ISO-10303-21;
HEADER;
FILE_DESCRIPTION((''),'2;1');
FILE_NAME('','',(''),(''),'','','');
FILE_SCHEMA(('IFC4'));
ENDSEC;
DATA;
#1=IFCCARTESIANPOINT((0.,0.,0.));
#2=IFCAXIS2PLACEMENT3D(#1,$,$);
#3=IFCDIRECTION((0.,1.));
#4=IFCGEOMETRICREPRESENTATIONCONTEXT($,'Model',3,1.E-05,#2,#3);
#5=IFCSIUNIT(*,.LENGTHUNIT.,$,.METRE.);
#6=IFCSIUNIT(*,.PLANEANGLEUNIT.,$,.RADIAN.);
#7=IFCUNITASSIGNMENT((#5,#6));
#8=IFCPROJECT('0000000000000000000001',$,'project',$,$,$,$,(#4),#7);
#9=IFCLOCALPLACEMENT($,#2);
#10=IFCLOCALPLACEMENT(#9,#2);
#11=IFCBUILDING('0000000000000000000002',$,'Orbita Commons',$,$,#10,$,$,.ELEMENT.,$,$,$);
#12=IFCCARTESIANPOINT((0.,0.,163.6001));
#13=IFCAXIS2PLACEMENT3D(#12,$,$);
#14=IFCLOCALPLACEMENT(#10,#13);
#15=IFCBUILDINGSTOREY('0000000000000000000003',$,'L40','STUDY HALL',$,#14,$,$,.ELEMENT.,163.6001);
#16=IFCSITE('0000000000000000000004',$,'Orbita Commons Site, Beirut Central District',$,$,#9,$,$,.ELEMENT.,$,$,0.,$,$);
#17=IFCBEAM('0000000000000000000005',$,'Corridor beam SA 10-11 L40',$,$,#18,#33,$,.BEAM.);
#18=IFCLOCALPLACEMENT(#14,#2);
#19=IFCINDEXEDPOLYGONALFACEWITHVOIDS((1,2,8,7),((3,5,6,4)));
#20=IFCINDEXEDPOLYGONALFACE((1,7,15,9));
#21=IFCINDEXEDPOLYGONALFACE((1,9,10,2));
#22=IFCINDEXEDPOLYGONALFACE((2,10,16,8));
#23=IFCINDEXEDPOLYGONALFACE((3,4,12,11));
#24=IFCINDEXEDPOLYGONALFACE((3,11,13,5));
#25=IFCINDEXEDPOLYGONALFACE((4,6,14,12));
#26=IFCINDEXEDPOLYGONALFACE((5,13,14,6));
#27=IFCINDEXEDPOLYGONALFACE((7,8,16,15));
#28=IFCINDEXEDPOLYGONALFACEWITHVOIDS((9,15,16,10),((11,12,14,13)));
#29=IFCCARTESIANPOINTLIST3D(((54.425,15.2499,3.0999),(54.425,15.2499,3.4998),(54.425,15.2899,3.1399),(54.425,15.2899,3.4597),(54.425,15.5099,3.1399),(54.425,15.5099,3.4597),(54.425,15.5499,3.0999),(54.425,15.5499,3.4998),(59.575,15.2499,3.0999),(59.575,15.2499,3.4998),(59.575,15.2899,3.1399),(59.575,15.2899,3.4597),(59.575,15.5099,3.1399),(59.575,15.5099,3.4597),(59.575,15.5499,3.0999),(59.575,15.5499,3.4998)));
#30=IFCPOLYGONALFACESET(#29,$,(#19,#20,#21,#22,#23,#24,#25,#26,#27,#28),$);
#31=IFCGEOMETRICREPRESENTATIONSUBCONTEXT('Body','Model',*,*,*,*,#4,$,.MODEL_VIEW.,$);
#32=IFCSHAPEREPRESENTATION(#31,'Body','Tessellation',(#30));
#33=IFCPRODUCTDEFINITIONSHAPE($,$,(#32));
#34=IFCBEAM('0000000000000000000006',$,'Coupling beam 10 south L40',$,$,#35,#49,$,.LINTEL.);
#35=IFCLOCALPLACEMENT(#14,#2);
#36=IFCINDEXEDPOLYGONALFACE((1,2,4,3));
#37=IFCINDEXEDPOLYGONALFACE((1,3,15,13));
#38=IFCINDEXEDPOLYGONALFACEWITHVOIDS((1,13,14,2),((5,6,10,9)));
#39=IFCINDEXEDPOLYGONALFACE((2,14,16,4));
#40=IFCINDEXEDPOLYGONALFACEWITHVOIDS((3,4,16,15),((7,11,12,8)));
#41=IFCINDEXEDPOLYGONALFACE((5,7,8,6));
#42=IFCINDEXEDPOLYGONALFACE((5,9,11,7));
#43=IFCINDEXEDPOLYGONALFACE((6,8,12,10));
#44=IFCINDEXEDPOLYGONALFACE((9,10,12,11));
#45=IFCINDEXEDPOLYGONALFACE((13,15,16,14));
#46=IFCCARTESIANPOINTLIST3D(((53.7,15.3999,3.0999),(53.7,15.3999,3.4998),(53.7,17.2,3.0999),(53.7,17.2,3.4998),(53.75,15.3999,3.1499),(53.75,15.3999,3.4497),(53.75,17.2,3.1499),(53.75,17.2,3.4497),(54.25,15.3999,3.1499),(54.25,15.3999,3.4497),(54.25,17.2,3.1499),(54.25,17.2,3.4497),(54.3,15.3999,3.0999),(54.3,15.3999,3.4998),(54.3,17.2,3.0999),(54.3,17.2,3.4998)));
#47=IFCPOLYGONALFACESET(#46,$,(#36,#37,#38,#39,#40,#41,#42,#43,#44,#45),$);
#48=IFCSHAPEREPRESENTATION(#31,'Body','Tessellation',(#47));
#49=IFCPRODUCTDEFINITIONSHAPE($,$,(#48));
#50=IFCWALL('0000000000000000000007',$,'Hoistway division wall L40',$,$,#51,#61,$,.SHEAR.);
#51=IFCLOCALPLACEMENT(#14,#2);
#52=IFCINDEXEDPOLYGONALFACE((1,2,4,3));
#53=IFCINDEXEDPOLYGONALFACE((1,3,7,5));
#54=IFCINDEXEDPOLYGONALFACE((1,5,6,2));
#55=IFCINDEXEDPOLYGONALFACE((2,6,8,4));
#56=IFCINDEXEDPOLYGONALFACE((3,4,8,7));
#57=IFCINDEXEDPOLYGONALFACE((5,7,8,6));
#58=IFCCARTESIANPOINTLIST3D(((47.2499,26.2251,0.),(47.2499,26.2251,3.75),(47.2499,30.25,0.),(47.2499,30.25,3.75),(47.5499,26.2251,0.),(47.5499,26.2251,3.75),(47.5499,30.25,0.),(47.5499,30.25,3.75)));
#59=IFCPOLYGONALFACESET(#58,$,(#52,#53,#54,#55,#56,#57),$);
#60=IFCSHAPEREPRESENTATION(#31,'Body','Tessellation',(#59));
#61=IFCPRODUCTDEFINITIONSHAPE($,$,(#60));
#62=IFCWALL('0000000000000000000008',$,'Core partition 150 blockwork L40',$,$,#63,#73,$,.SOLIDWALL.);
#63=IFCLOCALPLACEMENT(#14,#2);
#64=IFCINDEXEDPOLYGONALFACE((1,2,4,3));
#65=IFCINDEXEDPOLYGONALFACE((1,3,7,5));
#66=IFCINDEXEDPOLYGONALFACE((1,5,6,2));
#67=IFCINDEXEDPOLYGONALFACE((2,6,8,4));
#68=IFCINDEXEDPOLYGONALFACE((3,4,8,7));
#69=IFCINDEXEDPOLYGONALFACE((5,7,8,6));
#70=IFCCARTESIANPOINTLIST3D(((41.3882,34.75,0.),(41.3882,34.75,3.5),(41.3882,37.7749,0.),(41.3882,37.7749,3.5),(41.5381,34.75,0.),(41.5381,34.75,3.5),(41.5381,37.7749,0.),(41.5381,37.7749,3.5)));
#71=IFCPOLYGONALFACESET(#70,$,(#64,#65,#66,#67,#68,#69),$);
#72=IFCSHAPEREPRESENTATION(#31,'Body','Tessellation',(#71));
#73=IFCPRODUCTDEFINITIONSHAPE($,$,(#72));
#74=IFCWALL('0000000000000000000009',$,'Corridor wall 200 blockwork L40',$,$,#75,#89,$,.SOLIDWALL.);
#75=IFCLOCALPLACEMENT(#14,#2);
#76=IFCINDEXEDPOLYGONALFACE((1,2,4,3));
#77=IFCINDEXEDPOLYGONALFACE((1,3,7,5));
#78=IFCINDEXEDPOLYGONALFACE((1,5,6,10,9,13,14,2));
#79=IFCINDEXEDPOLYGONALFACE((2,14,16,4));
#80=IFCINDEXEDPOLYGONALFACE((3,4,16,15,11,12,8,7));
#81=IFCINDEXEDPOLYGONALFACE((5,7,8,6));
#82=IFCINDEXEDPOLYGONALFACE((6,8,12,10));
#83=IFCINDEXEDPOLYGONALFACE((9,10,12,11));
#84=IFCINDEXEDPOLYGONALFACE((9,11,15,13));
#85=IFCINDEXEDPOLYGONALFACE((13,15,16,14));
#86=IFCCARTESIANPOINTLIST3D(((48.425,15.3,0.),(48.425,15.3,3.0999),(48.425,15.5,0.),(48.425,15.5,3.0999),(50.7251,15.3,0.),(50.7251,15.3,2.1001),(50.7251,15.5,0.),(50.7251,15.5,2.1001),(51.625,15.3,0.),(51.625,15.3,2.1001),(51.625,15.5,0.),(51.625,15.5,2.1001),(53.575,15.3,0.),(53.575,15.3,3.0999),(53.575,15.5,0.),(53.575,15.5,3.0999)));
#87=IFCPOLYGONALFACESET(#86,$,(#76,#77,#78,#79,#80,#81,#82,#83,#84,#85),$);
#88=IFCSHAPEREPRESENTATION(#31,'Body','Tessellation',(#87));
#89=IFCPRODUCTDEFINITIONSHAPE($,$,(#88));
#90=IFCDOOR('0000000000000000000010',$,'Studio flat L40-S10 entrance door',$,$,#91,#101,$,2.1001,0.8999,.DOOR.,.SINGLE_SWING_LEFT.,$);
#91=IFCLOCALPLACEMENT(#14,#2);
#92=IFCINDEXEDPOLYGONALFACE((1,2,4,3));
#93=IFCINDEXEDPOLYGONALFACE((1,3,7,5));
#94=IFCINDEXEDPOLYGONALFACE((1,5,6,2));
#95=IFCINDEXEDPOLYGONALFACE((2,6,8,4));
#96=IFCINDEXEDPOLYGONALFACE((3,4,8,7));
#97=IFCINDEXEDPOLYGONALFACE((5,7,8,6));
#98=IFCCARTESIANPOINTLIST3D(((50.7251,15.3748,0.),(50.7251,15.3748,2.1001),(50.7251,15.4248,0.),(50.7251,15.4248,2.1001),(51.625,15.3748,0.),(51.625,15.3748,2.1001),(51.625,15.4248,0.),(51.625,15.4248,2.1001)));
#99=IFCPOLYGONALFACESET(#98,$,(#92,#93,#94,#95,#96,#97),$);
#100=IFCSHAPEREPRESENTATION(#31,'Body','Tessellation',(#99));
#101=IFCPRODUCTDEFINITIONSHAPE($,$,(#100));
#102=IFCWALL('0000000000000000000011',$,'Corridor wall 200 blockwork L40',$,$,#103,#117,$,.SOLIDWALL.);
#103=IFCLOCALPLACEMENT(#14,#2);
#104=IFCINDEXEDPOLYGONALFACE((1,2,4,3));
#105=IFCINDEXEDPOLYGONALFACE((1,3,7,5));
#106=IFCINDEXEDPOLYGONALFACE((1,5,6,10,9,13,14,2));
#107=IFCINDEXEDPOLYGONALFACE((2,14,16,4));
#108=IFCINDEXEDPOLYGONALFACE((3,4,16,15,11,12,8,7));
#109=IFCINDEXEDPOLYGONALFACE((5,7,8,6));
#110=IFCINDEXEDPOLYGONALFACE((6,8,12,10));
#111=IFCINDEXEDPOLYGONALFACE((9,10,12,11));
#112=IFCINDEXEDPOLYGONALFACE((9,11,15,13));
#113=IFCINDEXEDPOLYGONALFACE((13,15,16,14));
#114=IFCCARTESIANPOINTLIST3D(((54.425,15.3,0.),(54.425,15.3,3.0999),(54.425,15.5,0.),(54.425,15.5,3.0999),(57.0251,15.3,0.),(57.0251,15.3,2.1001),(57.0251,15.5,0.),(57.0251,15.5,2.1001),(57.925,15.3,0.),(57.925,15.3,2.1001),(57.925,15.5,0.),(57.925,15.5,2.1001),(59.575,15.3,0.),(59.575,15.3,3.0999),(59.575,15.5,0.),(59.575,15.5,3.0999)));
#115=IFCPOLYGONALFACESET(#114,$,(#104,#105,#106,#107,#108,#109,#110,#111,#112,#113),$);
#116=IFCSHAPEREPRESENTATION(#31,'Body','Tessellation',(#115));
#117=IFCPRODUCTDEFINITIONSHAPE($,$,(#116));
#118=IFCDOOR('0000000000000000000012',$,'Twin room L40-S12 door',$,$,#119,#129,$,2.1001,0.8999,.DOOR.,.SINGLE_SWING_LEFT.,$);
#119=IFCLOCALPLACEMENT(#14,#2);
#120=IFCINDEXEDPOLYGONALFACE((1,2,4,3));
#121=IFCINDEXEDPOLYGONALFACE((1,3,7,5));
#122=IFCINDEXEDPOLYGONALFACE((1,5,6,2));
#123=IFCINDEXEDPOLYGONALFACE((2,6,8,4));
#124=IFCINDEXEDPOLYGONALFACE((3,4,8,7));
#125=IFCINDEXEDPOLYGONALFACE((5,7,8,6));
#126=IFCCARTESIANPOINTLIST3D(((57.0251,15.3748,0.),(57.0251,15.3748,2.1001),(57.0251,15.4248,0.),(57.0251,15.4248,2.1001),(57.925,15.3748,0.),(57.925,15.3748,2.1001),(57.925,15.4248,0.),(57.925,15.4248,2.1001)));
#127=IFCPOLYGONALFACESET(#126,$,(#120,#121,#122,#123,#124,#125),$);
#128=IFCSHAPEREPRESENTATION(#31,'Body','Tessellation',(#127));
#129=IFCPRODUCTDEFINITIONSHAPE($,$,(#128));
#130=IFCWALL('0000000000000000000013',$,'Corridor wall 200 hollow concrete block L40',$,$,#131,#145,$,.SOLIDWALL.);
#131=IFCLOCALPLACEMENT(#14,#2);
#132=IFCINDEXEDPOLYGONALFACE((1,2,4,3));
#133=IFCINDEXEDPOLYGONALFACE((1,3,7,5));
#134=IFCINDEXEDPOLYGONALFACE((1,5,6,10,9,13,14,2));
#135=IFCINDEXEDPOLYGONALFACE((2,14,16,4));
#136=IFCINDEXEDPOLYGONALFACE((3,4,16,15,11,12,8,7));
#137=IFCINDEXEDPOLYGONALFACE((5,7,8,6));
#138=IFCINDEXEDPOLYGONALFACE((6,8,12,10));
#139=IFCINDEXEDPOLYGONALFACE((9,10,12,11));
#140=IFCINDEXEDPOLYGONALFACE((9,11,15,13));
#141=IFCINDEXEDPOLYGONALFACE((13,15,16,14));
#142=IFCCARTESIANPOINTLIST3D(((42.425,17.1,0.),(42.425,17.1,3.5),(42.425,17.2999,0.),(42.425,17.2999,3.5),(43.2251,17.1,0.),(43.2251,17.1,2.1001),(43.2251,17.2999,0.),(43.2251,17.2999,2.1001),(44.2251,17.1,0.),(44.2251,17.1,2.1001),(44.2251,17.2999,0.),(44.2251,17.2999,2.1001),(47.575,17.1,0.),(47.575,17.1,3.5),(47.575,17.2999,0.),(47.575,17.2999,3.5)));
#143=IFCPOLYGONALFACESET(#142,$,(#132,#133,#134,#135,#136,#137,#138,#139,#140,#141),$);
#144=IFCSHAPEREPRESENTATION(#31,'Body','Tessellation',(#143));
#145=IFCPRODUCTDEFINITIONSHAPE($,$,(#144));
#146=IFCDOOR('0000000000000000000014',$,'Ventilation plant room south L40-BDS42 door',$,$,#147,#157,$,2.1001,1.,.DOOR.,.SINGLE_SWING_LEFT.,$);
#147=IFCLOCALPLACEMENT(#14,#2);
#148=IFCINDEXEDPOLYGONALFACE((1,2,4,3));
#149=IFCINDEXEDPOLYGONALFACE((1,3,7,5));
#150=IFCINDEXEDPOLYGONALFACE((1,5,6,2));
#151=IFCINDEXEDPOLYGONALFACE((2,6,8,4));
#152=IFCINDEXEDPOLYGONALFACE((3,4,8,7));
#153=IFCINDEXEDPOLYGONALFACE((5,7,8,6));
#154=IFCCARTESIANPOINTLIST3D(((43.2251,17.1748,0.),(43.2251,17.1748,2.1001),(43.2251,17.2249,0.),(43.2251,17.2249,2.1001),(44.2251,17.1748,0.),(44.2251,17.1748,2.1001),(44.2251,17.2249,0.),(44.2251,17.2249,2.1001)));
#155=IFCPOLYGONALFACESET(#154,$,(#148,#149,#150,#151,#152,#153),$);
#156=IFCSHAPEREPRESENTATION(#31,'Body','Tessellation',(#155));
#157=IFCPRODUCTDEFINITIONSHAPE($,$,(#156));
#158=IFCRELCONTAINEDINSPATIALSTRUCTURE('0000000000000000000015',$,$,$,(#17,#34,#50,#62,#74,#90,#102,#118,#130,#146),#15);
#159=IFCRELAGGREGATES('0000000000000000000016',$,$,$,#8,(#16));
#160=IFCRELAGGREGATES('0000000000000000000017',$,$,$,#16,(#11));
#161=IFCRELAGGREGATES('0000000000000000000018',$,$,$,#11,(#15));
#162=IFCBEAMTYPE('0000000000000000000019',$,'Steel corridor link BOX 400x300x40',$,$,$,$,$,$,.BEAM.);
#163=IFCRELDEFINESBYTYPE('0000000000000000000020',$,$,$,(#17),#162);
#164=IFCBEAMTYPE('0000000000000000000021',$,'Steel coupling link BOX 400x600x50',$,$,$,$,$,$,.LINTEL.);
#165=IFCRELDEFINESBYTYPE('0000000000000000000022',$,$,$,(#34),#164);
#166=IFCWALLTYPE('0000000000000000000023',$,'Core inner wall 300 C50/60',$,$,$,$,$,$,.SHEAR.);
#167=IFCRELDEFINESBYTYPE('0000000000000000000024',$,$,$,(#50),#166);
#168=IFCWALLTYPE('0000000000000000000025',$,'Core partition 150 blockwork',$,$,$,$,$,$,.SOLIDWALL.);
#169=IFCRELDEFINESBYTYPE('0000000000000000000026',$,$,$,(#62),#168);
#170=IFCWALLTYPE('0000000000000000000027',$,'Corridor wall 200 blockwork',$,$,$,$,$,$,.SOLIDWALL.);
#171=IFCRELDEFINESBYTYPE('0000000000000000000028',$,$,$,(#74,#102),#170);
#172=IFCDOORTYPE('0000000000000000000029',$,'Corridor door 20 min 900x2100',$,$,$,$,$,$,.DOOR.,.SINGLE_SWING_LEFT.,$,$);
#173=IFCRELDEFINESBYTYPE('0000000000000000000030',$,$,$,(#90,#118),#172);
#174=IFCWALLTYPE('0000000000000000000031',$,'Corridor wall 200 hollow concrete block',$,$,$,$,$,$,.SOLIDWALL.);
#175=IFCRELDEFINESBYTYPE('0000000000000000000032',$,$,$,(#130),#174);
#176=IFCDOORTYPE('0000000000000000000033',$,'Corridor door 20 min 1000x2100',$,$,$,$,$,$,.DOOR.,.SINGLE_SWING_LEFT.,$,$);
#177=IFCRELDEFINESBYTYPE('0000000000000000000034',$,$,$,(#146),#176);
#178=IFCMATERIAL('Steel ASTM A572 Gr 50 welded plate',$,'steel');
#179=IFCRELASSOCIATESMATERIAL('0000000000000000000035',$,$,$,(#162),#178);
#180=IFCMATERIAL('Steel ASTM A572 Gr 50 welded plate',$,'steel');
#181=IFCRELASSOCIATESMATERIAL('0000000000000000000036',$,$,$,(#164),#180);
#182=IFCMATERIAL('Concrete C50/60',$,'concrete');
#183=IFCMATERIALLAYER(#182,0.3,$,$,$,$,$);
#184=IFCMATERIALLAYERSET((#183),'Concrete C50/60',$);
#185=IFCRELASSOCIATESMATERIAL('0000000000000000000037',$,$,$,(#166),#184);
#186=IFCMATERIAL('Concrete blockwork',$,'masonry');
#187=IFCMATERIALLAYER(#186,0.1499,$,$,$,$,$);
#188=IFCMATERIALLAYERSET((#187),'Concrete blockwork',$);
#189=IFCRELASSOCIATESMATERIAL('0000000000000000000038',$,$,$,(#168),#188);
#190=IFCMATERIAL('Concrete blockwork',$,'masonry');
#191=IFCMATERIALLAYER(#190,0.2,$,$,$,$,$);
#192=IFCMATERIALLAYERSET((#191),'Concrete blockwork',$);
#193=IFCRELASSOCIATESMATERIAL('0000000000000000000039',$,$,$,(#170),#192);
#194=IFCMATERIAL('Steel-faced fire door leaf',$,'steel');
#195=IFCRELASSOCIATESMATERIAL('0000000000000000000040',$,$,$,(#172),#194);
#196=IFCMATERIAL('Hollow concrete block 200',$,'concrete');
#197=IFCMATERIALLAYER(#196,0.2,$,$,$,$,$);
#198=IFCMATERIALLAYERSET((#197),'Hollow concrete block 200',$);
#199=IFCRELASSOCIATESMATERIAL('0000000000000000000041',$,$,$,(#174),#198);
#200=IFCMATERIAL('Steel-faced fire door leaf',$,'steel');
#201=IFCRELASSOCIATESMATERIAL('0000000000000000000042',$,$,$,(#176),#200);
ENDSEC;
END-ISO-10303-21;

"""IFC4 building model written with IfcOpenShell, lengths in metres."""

from ifc_helpers import new_model, si_unit, direction, frame, frame_2d, origin, origin_2d, place, context, subcontext, project, spatial, polyline, rectangle, hollow_rectangle, outline, extrude, material, layer, layer_set, material_profile, profile_set, type_object, element, fill, save


model = new_model("IFC4")

# Units and contexts
model_context = context("Model", 3, precision=1e-05, world=origin(), true_north=direction((0.0, 1.0)))
body_context = subcontext(model_context, "Body", "Model", "MODEL_VIEW")
ifc_project = project(units=[si_unit("LENGTHUNIT", "METRE"), si_unit("PLANEANGLEUNIT", "RADIAN")], contexts=[model_context])

# Site, building, storey
site_placement = place(None, origin())
site = spatial("IfcSite", under=ifc_project, at=site_placement, Name="Orbita Commons Site, Beirut Central District", CompositionType="ELEMENT", RefElevation=0.0)
building_placement = place(site_placement, origin())
building = spatial("IfcBuilding", under=site, at=building_placement, Name="Orbita Commons", CompositionType="ELEMENT")
storey_placement = place(building_placement, frame((0.0, 0.0, 163.6001)))
storey = spatial("IfcBuildingStorey", under=building, at=storey_placement, Name="L40", Description="STUDY HALL", CompositionType="ELEMENT", Elevation=163.6001)

# Beams
ifc_material_1 = material(Name="Steel ASTM A572 Gr 50 welded plate", Category="steel")
ifc_material_profile_1 = material_profile(ifc_material_1, hollow_rectangle(XDim=0.3, YDim=0.3999, WallThickness=0.04, at=origin_2d()), Name="BOX 400x300x40")
ifc_profile_set_1 = profile_set([ifc_material_profile_1], Name="Steel ASTM A572 Gr 50 welded plate")
beam_type_1 = type_object("IfcBeamType", Name="Steel corridor link BOX 400x300x40", PredefinedType="BEAM", material=ifc_profile_set_1)
beam_1_placement = place(storey_placement, frame((54.425, 15.3999, 3.2998), z_axis=(1.0, 0.0, 0.0), x_axis=(0.0, 1.0, 0.0)))
element("IfcBeam", 1, at=beam_1_placement, inside=storey, type_object=beam_type_1, Name="Corridor beam SA 10-11 L40", PredefinedType="BEAM", context=body_context, shape_type="SweptSolid", body=[
    extrude(hollow_rectangle(XDim=0.3, YDim=0.3999, WallThickness=0.04, at=origin_2d()), origin(), (0.0, 0.0, 1.0), 5.1499),
])
ifc_material_2 = material(Name="Steel ASTM A572 Gr 50 welded plate", Category="steel")
ifc_material_profile_2 = material_profile(ifc_material_2, hollow_rectangle(XDim=0.6001, YDim=0.3999, WallThickness=0.05, at=origin_2d()), Name="BOX 400x600x50")
ifc_profile_set_2 = profile_set([ifc_material_profile_2], Name="Steel ASTM A572 Gr 50 welded plate")
beam_type_2 = type_object("IfcBeamType", Name="Steel coupling link BOX 400x600x50", PredefinedType="LINTEL", material=ifc_profile_set_2)
beam_2_placement = place(storey_placement, frame((54.0, 15.3999, 3.2998), z_axis=(0.0, 1.0, 0.0), x_axis=(-1.0, 0.0, 0.0)))
element("IfcBeam", 2, at=beam_2_placement, inside=storey, type_object=beam_type_2, Name="Coupling beam 10 south L40", PredefinedType="LINTEL", context=body_context, shape_type="SweptSolid", body=[
    extrude(hollow_rectangle(XDim=0.6001, YDim=0.3999, WallThickness=0.05, at=origin_2d()), origin(), (0.0, 0.0, 1.0), 1.8),
])

# Walls
ifc_material_3 = material(Name="Concrete C50/60", Category="concrete")
ifc_layer_1 = layer(ifc_material_3, 0.3)
ifc_layer_set_1 = layer_set([ifc_layer_1], Name="Concrete C50/60")
wall_type_1 = type_object("IfcWallType", Name="Core inner wall 300 C50/60", PredefinedType="SHEAR", material=ifc_layer_set_1)
wall_1_placement = place(storey_placement, frame((47.3999, 26.2251, 0.0), z_axis=(0.0, 0.0, 1.0), x_axis=(0.0, 1.0, 0.0)))
element("IfcWall", 3, at=wall_1_placement, inside=storey, type_object=wall_type_1, Name="Hoistway division wall L40", PredefinedType="SHEAR", context=body_context, shape_type="SweptSolid", body=[
    extrude(rectangle(XDim=4.0249, YDim=0.3, at=frame_2d((2.0125, 0.0))), origin(), (0.0, 0.0, 1.0), 3.75),
])
ifc_material_4 = material(Name="Concrete blockwork", Category="masonry")
ifc_layer_2 = layer(ifc_material_4, 0.1499)
ifc_layer_set_2 = layer_set([ifc_layer_2], Name="Concrete blockwork")
wall_type_2 = type_object("IfcWallType", Name="Core partition 150 blockwork", PredefinedType="SOLIDWALL", material=ifc_layer_set_2)
wall_2_placement = place(storey_placement, frame((41.4631, 34.75, 0.0), z_axis=(0.0, 0.0, 1.0), x_axis=(0.0, 1.0, 0.0)))
element("IfcWall", 4, at=wall_2_placement, inside=storey, type_object=wall_type_2, Name="Core partition 150 blockwork L40", PredefinedType="SOLIDWALL", context=body_context, shape_type="SweptSolid", body=[
    extrude(rectangle(XDim=3.0249, YDim=0.1499, at=frame_2d((1.5125, 0.0))), origin(), (0.0, 0.0, 1.0), 3.5),
])

# Walls, openings, doors
ifc_material_5 = material(Name="Concrete blockwork", Category="masonry")
ifc_layer_3 = layer(ifc_material_5, 0.2)
ifc_layer_set_3 = layer_set([ifc_layer_3], Name="Concrete blockwork")
wall_type_3 = type_object("IfcWallType", Name="Corridor wall 200 blockwork", PredefinedType="SOLIDWALL", material=ifc_layer_set_3)
wall_3_placement = place(storey_placement, frame((48.425, 15.3999, 0.0), z_axis=(0.0, 0.0, 1.0), x_axis=(1.0, 0.0, 0.0)))
wall_3 = element("IfcWall", 5, at=wall_3_placement, inside=storey, type_object=wall_type_3, Name="Corridor wall 200 blockwork L40", PredefinedType="SOLIDWALL", context=body_context, shape_type="SweptSolid", body=[
    extrude(outline(polyline([(0.0, 0.0), (5.1499, 0.0), (5.1499, 3.0999), (0.0, 3.0999), (0.0, 0.0)])), frame((0.0, 0.1001, 0.0), z_axis=(0.0, -1.0, 0.0), x_axis=(1.0, 0.0, 0.0)), (0.0, 0.0, 1.0), 0.2),
])
opening_1_placement = place(wall_3_placement, frame((2.3, 0.0, 0.0)))
opening_1 = element("IfcOpeningElement", 6, at=opening_1_placement, cuts=wall_3, PredefinedType="OPENING", context=body_context, shape_type="SweptSolid", body=[
    extrude(rectangle(XDim=0.8999, YDim=2.1001, at=frame_2d((0.45, 1.05))), frame((0.0, 0.1099, 0.0), z_axis=(0.0, -1.0, 0.0), x_axis=(1.0, 0.0, 0.0)), (0.0, 0.0, 1.0), 0.22),
])
ifc_material_6 = material(Name="Steel-faced fire door leaf", Category="steel")
door_type_1 = type_object("IfcDoorType", Name="Corridor door 20 min 900x2100", OperationType="SINGLE_SWING_LEFT", PredefinedType="DOOR", material=ifc_material_6)
door_1_placement = place(opening_1_placement, origin())
door_1 = element("IfcDoor", 7, at=door_1_placement, inside=storey, type_object=door_type_1, Name="Studio flat L40-S10 entrance door", OperationType="SINGLE_SWING_LEFT", OverallHeight=2.1001, OverallWidth=0.8999, PredefinedType="DOOR", context=body_context, shape_type="SweptSolid", body=[
    extrude(rectangle(XDim=0.8999, YDim=2.1001, at=frame_2d((0.45, 1.05))), frame((0.0, 0.0249, 0.0), z_axis=(0.0, -1.0, 0.0), x_axis=(1.0, 0.0, 0.0)), (0.0, 0.0, 1.0), 0.05),
])
fill(opening_1, door_1)
wall_4_placement = place(storey_placement, frame((54.425, 15.3999, 0.0), z_axis=(0.0, 0.0, 1.0), x_axis=(1.0, 0.0, 0.0)))
wall_4 = element("IfcWall", 8, at=wall_4_placement, inside=storey, type_object=wall_type_3, Name="Corridor wall 200 blockwork L40", PredefinedType="SOLIDWALL", context=body_context, shape_type="SweptSolid", body=[
    extrude(outline(polyline([(0.0, 0.0), (5.1499, 0.0), (5.1499, 3.0999), (0.0, 3.0999), (0.0, 0.0)])), frame((0.0, 0.1001, 0.0), z_axis=(0.0, -1.0, 0.0), x_axis=(1.0, 0.0, 0.0)), (0.0, 0.0, 1.0), 0.2),
])
opening_2_placement = place(wall_4_placement, frame((2.6001, 0.0, 0.0)))
opening_2 = element("IfcOpeningElement", 9, at=opening_2_placement, cuts=wall_4, PredefinedType="OPENING", context=body_context, shape_type="SweptSolid", body=[
    extrude(rectangle(XDim=0.8999, YDim=2.1001, at=frame_2d((0.45, 1.05))), frame((0.0, 0.1099, 0.0), z_axis=(0.0, -1.0, 0.0), x_axis=(1.0, 0.0, 0.0)), (0.0, 0.0, 1.0), 0.22),
])
door_2_placement = place(opening_2_placement, origin())
door_2 = element("IfcDoor", 10, at=door_2_placement, inside=storey, type_object=door_type_1, Name="Twin room L40-S12 door", OperationType="SINGLE_SWING_LEFT", OverallHeight=2.1001, OverallWidth=0.8999, PredefinedType="DOOR", context=body_context, shape_type="SweptSolid", body=[
    extrude(rectangle(XDim=0.8999, YDim=2.1001, at=frame_2d((0.45, 1.05))), frame((0.0, 0.0249, 0.0), z_axis=(0.0, -1.0, 0.0), x_axis=(1.0, 0.0, 0.0)), (0.0, 0.0, 1.0), 0.05),
])
fill(opening_2, door_2)
ifc_material_7 = material(Name="Hollow concrete block 200", Category="concrete")
ifc_layer_4 = layer(ifc_material_7, 0.2)
ifc_layer_set_4 = layer_set([ifc_layer_4], Name="Hollow concrete block 200")
wall_type_4 = type_object("IfcWallType", Name="Corridor wall 200 hollow concrete block", PredefinedType="SOLIDWALL", material=ifc_layer_set_4)
wall_5_placement = place(storey_placement, frame((42.425, 17.2, 0.0), z_axis=(0.0, 0.0, 1.0), x_axis=(1.0, 0.0, 0.0)))
wall_5 = element("IfcWall", 11, at=wall_5_placement, inside=storey, type_object=wall_type_4, Name="Corridor wall 200 hollow concrete block L40", PredefinedType="SOLIDWALL", context=body_context, shape_type="SweptSolid", body=[
    extrude(rectangle(XDim=5.1499, YDim=0.2, at=frame_2d((2.575, 0.0))), origin(), (0.0, 0.0, 1.0), 3.5),
])
opening_3_placement = place(wall_5_placement, frame((0.8, 0.0, 0.0)))
opening_3 = element("IfcOpeningElement", 12, at=opening_3_placement, cuts=wall_5, PredefinedType="OPENING", context=body_context, shape_type="SweptSolid", body=[
    extrude(rectangle(XDim=1.0, YDim=2.1001, at=frame_2d((0.5, 1.05))), frame((0.0, 0.1099, 0.0), z_axis=(0.0, -1.0, 0.0), x_axis=(1.0, 0.0, 0.0)), (0.0, 0.0, 1.0), 0.22),
])
ifc_material_8 = material(Name="Steel-faced fire door leaf", Category="steel")
door_type_2 = type_object("IfcDoorType", Name="Corridor door 20 min 1000x2100", OperationType="SINGLE_SWING_LEFT", PredefinedType="DOOR", material=ifc_material_8)
door_3_placement = place(opening_3_placement, origin())
door_3 = element("IfcDoor", 13, at=door_3_placement, inside=storey, type_object=door_type_2, Name="Ventilation plant room south L40-BDS42 door", OperationType="SINGLE_SWING_LEFT", OverallHeight=2.1001, OverallWidth=1.0, PredefinedType="DOOR", context=body_context, shape_type="SweptSolid", body=[
    extrude(rectangle(XDim=1.0, YDim=2.1001, at=frame_2d((0.5, 1.05))), frame((0.0, 0.0249, 0.0), z_axis=(0.0, -1.0, 0.0), x_axis=(1.0, 0.0, 0.0)), (0.0, 0.0, 1.0), 0.05),
])
fill(opening_3, door_3)

save(model, "model.ifc")
